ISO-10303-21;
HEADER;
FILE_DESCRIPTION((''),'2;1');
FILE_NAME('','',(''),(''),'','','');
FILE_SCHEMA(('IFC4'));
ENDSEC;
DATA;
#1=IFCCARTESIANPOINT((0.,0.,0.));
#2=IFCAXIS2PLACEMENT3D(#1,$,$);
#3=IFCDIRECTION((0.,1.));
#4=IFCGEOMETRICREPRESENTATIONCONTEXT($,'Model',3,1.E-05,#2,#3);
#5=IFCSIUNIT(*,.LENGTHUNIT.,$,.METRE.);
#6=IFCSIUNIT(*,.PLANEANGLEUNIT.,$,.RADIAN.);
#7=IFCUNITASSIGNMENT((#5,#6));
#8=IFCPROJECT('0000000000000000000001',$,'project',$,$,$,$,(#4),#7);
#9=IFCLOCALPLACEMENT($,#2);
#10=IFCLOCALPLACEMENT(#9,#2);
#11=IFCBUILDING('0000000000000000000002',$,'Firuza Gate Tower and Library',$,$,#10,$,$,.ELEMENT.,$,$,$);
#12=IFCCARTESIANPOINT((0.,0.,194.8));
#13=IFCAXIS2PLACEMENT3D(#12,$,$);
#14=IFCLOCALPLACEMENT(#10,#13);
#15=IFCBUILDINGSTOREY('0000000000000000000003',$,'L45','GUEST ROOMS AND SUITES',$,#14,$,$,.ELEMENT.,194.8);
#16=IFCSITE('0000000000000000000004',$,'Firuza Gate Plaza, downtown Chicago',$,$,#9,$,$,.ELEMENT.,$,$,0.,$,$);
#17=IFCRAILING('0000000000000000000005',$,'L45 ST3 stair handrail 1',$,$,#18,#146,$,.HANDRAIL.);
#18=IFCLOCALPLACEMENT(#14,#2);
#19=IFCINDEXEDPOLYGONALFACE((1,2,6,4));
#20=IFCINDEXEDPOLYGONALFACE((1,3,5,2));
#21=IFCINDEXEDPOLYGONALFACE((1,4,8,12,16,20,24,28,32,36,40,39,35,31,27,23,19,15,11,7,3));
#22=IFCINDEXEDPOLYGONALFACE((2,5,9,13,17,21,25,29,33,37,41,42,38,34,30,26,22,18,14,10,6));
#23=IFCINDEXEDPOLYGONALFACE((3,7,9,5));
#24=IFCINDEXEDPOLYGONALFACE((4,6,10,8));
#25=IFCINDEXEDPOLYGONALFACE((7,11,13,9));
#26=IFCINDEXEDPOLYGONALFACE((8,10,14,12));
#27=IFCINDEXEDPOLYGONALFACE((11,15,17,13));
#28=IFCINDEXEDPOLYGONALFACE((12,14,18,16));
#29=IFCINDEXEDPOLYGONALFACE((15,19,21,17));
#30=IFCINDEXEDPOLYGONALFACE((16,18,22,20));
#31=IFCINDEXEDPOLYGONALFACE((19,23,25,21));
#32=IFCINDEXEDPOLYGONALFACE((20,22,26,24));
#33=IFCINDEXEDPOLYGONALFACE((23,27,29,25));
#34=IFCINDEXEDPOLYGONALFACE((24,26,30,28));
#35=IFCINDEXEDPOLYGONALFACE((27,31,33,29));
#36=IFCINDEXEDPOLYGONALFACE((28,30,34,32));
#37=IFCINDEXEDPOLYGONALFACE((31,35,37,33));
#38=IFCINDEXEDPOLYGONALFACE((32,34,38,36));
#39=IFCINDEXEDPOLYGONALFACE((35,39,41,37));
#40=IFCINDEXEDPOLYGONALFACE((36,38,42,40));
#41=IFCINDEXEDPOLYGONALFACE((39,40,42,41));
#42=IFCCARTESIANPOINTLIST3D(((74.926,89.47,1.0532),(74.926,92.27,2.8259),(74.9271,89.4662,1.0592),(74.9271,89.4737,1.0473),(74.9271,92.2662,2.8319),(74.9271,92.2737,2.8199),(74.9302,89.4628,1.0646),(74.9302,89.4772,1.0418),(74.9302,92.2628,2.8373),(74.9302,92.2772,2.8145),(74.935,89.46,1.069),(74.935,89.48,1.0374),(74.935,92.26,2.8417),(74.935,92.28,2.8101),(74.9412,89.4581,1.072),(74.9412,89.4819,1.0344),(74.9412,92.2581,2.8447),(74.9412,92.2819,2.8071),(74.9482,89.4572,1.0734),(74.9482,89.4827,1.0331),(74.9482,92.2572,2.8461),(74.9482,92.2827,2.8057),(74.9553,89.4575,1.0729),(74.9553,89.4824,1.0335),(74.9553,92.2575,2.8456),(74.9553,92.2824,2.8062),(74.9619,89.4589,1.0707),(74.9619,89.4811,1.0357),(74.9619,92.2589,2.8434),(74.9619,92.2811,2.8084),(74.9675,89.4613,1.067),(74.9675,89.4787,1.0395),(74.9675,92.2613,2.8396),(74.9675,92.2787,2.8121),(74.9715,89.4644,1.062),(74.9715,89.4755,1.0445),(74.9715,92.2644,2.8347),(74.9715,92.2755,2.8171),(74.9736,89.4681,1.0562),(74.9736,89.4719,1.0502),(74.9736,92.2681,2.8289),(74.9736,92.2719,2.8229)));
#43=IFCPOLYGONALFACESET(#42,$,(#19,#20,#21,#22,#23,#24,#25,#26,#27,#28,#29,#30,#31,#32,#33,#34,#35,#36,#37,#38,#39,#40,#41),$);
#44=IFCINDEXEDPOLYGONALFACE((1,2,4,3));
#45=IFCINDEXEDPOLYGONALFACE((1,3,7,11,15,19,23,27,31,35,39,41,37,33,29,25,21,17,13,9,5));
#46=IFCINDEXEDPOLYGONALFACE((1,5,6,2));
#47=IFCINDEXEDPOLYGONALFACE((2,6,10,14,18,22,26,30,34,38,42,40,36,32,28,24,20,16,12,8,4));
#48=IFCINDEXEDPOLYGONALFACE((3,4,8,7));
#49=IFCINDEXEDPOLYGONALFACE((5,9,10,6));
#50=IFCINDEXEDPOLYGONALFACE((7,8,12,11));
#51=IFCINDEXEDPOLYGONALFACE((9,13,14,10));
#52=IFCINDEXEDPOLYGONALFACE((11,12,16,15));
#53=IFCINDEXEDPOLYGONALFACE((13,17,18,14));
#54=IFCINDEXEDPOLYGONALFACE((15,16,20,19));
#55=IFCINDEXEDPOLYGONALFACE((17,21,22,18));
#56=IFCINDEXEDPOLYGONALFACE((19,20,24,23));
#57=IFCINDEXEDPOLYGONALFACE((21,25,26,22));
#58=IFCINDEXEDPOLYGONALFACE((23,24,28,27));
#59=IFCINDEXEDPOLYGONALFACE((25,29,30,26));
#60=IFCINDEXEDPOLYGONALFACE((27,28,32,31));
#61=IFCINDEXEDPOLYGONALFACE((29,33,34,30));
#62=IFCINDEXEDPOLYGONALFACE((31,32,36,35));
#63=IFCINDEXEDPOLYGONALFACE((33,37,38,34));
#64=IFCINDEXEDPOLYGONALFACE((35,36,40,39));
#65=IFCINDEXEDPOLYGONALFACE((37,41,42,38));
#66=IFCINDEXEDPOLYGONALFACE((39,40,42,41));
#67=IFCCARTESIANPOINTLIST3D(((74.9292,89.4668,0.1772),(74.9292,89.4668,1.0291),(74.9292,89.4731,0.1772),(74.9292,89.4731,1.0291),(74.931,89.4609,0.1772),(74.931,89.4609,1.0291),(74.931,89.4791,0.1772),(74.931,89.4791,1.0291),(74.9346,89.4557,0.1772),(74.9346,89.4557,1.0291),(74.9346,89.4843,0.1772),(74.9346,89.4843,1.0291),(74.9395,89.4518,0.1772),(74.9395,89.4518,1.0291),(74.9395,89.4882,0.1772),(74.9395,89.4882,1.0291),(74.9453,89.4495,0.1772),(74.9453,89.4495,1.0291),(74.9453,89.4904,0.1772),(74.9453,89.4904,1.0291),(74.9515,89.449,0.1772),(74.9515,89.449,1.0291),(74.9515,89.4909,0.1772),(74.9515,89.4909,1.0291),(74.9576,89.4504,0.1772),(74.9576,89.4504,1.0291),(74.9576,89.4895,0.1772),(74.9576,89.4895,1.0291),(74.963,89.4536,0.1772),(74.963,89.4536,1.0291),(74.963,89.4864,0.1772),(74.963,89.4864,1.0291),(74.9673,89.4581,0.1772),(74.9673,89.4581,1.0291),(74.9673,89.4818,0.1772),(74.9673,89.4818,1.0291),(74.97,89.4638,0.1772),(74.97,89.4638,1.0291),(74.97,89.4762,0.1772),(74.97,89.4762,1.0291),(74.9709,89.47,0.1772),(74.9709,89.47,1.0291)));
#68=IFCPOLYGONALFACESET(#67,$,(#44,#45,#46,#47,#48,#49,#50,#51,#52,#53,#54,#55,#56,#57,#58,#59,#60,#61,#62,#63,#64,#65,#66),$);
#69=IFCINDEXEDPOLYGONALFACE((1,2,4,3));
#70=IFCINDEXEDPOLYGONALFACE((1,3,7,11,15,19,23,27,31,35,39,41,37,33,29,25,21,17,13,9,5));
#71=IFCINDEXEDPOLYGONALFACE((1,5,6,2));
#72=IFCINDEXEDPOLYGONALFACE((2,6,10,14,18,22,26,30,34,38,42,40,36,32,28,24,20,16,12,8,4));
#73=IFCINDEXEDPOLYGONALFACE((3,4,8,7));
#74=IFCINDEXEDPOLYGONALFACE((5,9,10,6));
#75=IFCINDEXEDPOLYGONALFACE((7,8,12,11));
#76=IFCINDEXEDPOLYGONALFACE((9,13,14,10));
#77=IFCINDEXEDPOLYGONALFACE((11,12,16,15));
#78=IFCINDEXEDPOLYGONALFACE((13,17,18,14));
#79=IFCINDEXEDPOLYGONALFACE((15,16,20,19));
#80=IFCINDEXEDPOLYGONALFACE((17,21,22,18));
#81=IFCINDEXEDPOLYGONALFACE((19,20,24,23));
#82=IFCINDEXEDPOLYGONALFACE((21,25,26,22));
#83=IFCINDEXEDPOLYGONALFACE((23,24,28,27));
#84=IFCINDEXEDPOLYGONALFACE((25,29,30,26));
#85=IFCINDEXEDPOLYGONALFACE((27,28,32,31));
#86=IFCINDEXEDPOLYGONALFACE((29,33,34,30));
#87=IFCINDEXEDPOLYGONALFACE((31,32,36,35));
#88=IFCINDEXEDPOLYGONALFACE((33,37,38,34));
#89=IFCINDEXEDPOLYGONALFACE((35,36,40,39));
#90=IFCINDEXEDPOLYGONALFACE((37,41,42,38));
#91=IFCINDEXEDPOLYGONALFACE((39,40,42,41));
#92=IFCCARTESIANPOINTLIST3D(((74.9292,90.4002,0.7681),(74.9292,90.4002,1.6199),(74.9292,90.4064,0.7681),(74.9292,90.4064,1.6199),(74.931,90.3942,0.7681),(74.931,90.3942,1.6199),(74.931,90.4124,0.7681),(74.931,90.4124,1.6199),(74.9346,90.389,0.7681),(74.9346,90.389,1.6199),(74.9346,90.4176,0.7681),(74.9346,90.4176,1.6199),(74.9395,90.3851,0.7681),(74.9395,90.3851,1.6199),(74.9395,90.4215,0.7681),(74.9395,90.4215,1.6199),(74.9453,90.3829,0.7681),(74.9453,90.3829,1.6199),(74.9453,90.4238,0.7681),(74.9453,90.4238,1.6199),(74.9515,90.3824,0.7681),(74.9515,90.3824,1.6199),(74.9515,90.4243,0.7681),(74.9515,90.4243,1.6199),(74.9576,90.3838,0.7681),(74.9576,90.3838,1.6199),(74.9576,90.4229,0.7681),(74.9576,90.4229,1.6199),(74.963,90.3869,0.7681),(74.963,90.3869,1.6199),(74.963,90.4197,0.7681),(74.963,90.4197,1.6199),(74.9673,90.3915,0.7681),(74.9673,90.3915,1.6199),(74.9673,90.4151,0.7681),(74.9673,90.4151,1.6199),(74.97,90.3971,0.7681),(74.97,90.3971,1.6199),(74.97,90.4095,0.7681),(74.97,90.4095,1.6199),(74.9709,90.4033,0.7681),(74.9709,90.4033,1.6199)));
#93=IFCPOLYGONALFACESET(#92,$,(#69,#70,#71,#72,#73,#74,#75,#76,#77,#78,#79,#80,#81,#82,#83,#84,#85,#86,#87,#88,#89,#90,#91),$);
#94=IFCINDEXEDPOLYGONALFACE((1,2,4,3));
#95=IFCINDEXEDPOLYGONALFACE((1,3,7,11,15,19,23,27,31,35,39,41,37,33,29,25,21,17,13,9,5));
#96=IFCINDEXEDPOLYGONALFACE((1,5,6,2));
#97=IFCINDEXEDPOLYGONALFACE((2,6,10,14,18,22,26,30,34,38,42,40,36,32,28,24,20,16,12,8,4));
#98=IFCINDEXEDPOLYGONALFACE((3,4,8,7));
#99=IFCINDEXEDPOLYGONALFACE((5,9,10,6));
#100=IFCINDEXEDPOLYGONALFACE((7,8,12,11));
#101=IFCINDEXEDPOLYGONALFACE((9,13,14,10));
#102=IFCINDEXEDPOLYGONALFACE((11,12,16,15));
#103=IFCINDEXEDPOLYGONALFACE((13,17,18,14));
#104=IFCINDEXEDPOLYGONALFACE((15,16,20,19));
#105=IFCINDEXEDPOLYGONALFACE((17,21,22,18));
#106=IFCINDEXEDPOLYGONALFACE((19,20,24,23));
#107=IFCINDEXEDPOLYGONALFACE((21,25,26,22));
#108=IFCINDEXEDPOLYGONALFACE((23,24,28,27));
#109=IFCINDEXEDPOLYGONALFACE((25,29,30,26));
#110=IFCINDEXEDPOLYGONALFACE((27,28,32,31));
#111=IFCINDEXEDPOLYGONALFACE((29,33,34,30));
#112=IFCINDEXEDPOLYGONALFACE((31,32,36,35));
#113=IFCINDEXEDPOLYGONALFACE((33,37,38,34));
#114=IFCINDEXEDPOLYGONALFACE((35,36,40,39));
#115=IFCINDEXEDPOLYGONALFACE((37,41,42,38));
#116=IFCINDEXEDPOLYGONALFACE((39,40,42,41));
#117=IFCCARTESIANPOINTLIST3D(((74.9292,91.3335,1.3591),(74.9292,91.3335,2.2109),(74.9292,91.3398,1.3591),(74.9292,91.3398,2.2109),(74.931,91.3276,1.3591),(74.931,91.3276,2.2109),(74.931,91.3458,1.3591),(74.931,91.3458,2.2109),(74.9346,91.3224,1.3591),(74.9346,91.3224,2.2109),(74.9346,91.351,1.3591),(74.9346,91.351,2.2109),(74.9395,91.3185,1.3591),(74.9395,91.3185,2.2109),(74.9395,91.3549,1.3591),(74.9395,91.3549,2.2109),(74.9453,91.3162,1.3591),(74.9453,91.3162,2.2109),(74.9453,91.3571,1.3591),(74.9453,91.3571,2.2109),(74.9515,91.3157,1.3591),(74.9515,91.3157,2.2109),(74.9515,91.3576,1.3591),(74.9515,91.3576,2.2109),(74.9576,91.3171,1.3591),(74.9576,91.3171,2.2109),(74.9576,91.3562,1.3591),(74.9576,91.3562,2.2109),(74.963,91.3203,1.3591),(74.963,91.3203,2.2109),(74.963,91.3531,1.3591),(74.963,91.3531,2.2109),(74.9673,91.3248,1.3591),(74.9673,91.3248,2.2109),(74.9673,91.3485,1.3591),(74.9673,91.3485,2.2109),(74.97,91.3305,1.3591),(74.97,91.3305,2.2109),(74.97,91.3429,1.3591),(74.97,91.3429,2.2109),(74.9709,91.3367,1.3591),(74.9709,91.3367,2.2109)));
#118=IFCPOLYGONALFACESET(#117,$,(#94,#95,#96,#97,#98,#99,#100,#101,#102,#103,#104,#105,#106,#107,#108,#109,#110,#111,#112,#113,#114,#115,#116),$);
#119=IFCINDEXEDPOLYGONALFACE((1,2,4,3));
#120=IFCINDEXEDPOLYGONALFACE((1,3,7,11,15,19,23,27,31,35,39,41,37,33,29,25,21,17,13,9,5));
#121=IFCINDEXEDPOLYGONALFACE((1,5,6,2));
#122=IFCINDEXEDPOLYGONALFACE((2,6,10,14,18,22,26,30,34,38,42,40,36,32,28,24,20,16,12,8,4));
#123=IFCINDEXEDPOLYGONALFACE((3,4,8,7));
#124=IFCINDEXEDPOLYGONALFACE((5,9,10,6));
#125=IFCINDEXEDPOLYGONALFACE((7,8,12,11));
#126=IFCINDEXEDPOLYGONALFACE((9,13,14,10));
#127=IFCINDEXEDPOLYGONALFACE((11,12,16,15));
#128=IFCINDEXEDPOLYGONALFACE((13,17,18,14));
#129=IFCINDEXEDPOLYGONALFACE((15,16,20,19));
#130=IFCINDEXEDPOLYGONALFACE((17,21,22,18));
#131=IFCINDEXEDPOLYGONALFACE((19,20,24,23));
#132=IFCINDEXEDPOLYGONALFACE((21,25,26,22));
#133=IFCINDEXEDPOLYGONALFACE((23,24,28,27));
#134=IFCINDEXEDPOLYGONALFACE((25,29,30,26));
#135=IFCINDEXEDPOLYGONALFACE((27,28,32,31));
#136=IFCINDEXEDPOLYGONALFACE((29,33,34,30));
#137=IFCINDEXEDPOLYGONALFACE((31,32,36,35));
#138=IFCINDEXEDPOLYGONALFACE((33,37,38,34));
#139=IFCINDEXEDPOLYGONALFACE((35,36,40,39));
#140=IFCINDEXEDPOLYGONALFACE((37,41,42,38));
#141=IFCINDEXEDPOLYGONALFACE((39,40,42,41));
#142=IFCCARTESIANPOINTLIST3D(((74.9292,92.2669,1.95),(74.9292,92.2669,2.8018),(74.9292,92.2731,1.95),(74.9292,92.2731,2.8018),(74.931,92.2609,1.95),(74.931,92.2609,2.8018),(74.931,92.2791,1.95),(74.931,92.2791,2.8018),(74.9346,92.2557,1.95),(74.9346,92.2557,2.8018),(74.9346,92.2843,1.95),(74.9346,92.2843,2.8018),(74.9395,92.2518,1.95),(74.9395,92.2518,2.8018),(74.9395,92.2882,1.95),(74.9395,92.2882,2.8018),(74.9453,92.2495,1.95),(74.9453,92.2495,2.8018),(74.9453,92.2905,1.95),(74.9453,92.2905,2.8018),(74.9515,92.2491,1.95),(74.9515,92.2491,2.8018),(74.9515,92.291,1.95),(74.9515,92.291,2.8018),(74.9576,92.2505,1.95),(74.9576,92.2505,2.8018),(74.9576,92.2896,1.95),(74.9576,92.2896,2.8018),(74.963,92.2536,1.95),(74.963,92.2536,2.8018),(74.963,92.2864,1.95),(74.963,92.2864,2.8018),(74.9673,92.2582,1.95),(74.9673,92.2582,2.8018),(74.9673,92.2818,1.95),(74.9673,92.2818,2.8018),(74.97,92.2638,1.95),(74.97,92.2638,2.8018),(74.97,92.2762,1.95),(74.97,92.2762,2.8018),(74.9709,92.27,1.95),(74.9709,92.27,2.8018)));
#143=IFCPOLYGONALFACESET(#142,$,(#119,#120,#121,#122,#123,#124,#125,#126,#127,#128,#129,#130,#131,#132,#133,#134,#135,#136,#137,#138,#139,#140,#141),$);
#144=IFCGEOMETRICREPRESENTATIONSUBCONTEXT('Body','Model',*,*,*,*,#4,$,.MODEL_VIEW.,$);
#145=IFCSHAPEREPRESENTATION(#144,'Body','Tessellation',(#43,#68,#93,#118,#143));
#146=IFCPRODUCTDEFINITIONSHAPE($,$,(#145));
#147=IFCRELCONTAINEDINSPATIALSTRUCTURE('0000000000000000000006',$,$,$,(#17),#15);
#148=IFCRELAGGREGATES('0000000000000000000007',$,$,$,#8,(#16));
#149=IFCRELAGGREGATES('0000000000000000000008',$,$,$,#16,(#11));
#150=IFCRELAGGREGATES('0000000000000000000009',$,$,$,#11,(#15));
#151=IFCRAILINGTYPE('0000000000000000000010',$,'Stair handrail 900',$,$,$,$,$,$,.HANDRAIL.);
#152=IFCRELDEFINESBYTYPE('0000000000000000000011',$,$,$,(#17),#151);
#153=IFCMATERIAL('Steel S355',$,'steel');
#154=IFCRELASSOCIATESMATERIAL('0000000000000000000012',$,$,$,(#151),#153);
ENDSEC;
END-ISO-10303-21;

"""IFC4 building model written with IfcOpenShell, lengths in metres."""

from ifc_helpers import new_model, si_unit, direction, frame, origin, origin_2d, place, context, subcontext, project, spatial, circle, extrude, material, type_object, element, save


model = new_model("IFC4")

# Units and contexts
model_context = context("Model", 3, precision=1e-05, world=origin(), true_north=direction((0.0, 1.0)))
body_context = subcontext(model_context, "Body", "Model", "MODEL_VIEW")
ifc_project = project(units=[si_unit("LENGTHUNIT", "METRE"), si_unit("PLANEANGLEUNIT", "RADIAN")], contexts=[model_context])

# Site, building, storey
site_placement = place(None, origin())
site = spatial("IfcSite", under=ifc_project, at=site_placement, Name="Firuza Gate Plaza, downtown Chicago", CompositionType="ELEMENT", RefElevation=0.0)
building_placement = place(site_placement, origin())
building = spatial("IfcBuilding", under=site, at=building_placement, Name="Firuza Gate Tower and Library", CompositionType="ELEMENT")
storey_placement = place(building_placement, frame((0.0, 0.0, 194.8)))
storey = spatial("IfcBuildingStorey", under=building, at=storey_placement, Name="L45", Description="GUEST ROOMS AND SUITES", CompositionType="ELEMENT", Elevation=194.8)

# Railing
ifc_material_1 = material(Name="Steel S355", Category="steel")
railing_type = type_object("IfcRailingType", Name="Stair handrail 900", PredefinedType="HANDRAIL", material=ifc_material_1)
railing_placement = place(storey_placement, frame((74.95, 89.47, 0.1772)))
element("IfcRailing", 1, at=railing_placement, inside=storey, type_object=railing_type, Name="L45 ST3 stair handrail 1", PredefinedType="HANDRAIL", context=body_context, shape_type="SweptSolid", body=[
    extrude(circle(Radius=0.0239, at=origin_2d()), frame((0.0, 0.0, 0.876), z_axis=(0.0, 0.844909, 0.53491), x_axis=(-1.0, 0.0, 0.0)), (0.0, 0.0, 1.0), 3.314),
    extrude(circle(Radius=0.021, at=origin_2d()), origin(), (0.0, 0.0, 1.0), 0.8518),
    extrude(circle(Radius=0.021, at=origin_2d()), frame((0.0, 0.9333, 0.5908)), (0.0, 0.0, 1.0), 0.8518),
    extrude(circle(Radius=0.021, at=origin_2d()), frame((0.0, 1.8667, 1.1819)), (0.0, 0.0, 1.0), 0.8518),
    extrude(circle(Radius=0.021, at=origin_2d()), frame((0.0, 2.8, 1.7727)), (0.0, 0.0, 1.0), 0.8518),
])

save(model, "model.ifc")
